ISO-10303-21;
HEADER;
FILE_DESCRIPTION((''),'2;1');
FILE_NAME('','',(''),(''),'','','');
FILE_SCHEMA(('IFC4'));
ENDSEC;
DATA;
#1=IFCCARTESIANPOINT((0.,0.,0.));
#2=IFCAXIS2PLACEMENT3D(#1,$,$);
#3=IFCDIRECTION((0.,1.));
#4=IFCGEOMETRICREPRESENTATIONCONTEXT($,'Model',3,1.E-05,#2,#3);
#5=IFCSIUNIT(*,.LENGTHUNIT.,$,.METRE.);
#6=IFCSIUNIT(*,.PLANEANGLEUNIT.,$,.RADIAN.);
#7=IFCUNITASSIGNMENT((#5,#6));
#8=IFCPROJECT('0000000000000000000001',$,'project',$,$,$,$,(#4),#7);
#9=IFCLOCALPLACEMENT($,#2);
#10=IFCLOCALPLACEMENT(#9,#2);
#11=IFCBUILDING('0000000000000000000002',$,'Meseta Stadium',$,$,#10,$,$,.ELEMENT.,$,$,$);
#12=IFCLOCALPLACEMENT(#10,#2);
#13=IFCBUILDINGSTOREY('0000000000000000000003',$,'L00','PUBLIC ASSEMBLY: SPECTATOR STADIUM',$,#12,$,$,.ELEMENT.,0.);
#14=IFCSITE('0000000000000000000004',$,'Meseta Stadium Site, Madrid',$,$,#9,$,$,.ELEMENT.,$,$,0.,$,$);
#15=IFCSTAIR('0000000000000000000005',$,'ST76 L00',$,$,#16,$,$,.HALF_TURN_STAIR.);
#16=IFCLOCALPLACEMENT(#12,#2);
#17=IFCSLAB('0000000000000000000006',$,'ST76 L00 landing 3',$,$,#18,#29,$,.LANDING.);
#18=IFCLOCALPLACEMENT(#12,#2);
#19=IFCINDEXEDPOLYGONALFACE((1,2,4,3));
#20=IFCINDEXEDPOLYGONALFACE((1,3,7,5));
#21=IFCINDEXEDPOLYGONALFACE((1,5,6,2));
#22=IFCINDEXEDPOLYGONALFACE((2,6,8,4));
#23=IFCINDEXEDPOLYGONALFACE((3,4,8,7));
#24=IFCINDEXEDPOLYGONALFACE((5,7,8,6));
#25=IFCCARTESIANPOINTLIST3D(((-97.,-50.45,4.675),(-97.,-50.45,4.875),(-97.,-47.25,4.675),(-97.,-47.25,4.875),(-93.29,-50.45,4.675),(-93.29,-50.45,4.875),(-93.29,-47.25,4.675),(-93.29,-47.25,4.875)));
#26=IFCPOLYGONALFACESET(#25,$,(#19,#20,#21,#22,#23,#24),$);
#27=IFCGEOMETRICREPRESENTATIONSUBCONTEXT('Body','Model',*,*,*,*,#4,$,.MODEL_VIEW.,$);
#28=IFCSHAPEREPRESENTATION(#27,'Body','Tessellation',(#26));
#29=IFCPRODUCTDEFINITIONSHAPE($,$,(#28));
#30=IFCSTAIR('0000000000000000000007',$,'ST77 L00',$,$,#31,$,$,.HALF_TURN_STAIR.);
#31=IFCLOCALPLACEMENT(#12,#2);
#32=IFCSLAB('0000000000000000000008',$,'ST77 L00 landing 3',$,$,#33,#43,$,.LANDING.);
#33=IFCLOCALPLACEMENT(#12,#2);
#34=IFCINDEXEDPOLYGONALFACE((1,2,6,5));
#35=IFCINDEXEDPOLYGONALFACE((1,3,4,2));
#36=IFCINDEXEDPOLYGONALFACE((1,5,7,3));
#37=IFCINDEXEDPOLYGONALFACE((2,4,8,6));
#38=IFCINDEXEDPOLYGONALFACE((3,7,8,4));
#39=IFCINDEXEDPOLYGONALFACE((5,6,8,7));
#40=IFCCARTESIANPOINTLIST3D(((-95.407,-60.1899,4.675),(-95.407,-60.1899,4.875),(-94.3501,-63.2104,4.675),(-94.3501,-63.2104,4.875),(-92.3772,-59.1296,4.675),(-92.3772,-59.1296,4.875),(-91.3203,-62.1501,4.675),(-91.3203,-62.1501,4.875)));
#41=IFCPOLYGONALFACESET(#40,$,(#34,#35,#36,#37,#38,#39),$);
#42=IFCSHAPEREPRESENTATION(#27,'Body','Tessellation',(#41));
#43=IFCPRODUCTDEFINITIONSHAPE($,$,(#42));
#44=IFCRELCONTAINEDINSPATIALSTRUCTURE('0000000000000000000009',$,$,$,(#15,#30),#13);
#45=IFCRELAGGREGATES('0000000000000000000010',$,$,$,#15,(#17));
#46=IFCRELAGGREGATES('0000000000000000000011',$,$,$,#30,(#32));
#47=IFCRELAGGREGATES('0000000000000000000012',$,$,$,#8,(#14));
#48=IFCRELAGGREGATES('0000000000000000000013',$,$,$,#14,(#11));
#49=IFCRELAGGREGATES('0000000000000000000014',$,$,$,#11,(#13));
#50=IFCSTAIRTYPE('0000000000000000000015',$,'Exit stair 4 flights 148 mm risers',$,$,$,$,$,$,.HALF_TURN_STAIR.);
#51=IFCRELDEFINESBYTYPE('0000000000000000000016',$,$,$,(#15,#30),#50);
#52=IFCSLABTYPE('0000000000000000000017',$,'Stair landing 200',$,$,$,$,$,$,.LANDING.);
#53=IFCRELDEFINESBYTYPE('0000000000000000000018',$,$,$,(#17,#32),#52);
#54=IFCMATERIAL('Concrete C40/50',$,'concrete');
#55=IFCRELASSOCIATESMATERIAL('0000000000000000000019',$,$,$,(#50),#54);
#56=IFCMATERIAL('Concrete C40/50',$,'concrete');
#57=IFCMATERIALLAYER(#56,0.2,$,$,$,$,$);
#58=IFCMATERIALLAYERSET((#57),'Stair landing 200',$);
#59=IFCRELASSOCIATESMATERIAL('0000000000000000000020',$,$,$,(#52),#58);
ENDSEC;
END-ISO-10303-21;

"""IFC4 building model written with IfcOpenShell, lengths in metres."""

from ifc_helpers import new_model, si_unit, direction, frame, origin, place, context, subcontext, project, spatial, polyline, outline, extrude, material, layer, layer_set, type_object, element, aggregate, save


model = new_model("IFC4")

# Units and contexts
model_context = context("Model", 3, precision=1e-05, world=origin(), true_north=direction((0.0, 1.0)))
body_context = subcontext(model_context, "Body", "Model", "MODEL_VIEW")
ifc_project = project(units=[si_unit("LENGTHUNIT", "METRE"), si_unit("PLANEANGLEUNIT", "RADIAN")], contexts=[model_context])

# Site, building, storey
site_placement = place(None, origin())
site = spatial("IfcSite", under=ifc_project, at=site_placement, Name="Meseta Stadium Site, Madrid", CompositionType="ELEMENT", RefElevation=0.0)
building_placement = place(site_placement, origin())
building = spatial("IfcBuilding", under=site, at=building_placement, Name="Meseta Stadium", CompositionType="ELEMENT")
storey_placement = place(building_placement, origin())
storey = spatial("IfcBuildingStorey", under=building, at=storey_placement, Name="L00", Description="PUBLIC ASSEMBLY: SPECTATOR STADIUM", CompositionType="ELEMENT", Elevation=0.0)

# Stairs, slabs
ifc_material_1 = material(Name="Concrete C40/50", Category="concrete")
stair_type = type_object("IfcStairType", Name="Exit stair 4 flights 148 mm risers", PredefinedType="HALF_TURN_STAIR", material=ifc_material_1)
ifc_material_2 = material(Name="Concrete C40/50", Category="concrete")
ifc_layer = layer(ifc_material_2, 0.2)
ifc_layer_set = layer_set([ifc_layer], Name="Stair landing 200")
slab_type = type_object("IfcSlabType", Name="Stair landing 200", PredefinedType="LANDING", material=ifc_layer_set)
stair_1_placement = place(storey_placement, origin())
stair_1 = element("IfcStair", 1, at=stair_1_placement, inside=storey, type_object=stair_type, Name="ST76 L00", PredefinedType="HALF_TURN_STAIR")
slab_1_placement = place(storey_placement, frame((0.0, 0.0, 4.675)))
slab_1 = element("IfcSlab", 2, at=slab_1_placement, type_object=slab_type, Name="ST76 L00 landing 3", PredefinedType="LANDING", context=body_context, shape_type="SweptSolid", body=[
    extrude(outline(polyline([(-93.29, -47.25), (-97.0, -47.25), (-97.0, -50.45), (-93.29, -50.45), (-93.29, -47.25)])), origin(), (0.0, 0.0, 1.0), 0.2),
])
aggregate(stair_1, [slab_1])
stair_2_placement = place(storey_placement, origin())
stair_2 = element("IfcStair", 3, at=stair_2_placement, inside=storey, type_object=stair_type, Name="ST77 L00", PredefinedType="HALF_TURN_STAIR")
slab_2_placement = place(storey_placement, frame((0.0, 0.0, 4.675)))
slab_2 = element("IfcSlab", 4, at=slab_2_placement, type_object=slab_type, Name="ST77 L00 landing 3", PredefinedType="LANDING", context=body_context, shape_type="SweptSolid", body=[
    extrude(outline(polyline([(-92.3772, -59.1296), (-95.407, -60.1899), (-94.3501, -63.2104), (-91.3203, -62.1501), (-92.3772, -59.1296)])), origin(), (0.0, 0.0, 1.0), 0.2),
])
aggregate(stair_2, [slab_2])

save(model, "model.ifc")
